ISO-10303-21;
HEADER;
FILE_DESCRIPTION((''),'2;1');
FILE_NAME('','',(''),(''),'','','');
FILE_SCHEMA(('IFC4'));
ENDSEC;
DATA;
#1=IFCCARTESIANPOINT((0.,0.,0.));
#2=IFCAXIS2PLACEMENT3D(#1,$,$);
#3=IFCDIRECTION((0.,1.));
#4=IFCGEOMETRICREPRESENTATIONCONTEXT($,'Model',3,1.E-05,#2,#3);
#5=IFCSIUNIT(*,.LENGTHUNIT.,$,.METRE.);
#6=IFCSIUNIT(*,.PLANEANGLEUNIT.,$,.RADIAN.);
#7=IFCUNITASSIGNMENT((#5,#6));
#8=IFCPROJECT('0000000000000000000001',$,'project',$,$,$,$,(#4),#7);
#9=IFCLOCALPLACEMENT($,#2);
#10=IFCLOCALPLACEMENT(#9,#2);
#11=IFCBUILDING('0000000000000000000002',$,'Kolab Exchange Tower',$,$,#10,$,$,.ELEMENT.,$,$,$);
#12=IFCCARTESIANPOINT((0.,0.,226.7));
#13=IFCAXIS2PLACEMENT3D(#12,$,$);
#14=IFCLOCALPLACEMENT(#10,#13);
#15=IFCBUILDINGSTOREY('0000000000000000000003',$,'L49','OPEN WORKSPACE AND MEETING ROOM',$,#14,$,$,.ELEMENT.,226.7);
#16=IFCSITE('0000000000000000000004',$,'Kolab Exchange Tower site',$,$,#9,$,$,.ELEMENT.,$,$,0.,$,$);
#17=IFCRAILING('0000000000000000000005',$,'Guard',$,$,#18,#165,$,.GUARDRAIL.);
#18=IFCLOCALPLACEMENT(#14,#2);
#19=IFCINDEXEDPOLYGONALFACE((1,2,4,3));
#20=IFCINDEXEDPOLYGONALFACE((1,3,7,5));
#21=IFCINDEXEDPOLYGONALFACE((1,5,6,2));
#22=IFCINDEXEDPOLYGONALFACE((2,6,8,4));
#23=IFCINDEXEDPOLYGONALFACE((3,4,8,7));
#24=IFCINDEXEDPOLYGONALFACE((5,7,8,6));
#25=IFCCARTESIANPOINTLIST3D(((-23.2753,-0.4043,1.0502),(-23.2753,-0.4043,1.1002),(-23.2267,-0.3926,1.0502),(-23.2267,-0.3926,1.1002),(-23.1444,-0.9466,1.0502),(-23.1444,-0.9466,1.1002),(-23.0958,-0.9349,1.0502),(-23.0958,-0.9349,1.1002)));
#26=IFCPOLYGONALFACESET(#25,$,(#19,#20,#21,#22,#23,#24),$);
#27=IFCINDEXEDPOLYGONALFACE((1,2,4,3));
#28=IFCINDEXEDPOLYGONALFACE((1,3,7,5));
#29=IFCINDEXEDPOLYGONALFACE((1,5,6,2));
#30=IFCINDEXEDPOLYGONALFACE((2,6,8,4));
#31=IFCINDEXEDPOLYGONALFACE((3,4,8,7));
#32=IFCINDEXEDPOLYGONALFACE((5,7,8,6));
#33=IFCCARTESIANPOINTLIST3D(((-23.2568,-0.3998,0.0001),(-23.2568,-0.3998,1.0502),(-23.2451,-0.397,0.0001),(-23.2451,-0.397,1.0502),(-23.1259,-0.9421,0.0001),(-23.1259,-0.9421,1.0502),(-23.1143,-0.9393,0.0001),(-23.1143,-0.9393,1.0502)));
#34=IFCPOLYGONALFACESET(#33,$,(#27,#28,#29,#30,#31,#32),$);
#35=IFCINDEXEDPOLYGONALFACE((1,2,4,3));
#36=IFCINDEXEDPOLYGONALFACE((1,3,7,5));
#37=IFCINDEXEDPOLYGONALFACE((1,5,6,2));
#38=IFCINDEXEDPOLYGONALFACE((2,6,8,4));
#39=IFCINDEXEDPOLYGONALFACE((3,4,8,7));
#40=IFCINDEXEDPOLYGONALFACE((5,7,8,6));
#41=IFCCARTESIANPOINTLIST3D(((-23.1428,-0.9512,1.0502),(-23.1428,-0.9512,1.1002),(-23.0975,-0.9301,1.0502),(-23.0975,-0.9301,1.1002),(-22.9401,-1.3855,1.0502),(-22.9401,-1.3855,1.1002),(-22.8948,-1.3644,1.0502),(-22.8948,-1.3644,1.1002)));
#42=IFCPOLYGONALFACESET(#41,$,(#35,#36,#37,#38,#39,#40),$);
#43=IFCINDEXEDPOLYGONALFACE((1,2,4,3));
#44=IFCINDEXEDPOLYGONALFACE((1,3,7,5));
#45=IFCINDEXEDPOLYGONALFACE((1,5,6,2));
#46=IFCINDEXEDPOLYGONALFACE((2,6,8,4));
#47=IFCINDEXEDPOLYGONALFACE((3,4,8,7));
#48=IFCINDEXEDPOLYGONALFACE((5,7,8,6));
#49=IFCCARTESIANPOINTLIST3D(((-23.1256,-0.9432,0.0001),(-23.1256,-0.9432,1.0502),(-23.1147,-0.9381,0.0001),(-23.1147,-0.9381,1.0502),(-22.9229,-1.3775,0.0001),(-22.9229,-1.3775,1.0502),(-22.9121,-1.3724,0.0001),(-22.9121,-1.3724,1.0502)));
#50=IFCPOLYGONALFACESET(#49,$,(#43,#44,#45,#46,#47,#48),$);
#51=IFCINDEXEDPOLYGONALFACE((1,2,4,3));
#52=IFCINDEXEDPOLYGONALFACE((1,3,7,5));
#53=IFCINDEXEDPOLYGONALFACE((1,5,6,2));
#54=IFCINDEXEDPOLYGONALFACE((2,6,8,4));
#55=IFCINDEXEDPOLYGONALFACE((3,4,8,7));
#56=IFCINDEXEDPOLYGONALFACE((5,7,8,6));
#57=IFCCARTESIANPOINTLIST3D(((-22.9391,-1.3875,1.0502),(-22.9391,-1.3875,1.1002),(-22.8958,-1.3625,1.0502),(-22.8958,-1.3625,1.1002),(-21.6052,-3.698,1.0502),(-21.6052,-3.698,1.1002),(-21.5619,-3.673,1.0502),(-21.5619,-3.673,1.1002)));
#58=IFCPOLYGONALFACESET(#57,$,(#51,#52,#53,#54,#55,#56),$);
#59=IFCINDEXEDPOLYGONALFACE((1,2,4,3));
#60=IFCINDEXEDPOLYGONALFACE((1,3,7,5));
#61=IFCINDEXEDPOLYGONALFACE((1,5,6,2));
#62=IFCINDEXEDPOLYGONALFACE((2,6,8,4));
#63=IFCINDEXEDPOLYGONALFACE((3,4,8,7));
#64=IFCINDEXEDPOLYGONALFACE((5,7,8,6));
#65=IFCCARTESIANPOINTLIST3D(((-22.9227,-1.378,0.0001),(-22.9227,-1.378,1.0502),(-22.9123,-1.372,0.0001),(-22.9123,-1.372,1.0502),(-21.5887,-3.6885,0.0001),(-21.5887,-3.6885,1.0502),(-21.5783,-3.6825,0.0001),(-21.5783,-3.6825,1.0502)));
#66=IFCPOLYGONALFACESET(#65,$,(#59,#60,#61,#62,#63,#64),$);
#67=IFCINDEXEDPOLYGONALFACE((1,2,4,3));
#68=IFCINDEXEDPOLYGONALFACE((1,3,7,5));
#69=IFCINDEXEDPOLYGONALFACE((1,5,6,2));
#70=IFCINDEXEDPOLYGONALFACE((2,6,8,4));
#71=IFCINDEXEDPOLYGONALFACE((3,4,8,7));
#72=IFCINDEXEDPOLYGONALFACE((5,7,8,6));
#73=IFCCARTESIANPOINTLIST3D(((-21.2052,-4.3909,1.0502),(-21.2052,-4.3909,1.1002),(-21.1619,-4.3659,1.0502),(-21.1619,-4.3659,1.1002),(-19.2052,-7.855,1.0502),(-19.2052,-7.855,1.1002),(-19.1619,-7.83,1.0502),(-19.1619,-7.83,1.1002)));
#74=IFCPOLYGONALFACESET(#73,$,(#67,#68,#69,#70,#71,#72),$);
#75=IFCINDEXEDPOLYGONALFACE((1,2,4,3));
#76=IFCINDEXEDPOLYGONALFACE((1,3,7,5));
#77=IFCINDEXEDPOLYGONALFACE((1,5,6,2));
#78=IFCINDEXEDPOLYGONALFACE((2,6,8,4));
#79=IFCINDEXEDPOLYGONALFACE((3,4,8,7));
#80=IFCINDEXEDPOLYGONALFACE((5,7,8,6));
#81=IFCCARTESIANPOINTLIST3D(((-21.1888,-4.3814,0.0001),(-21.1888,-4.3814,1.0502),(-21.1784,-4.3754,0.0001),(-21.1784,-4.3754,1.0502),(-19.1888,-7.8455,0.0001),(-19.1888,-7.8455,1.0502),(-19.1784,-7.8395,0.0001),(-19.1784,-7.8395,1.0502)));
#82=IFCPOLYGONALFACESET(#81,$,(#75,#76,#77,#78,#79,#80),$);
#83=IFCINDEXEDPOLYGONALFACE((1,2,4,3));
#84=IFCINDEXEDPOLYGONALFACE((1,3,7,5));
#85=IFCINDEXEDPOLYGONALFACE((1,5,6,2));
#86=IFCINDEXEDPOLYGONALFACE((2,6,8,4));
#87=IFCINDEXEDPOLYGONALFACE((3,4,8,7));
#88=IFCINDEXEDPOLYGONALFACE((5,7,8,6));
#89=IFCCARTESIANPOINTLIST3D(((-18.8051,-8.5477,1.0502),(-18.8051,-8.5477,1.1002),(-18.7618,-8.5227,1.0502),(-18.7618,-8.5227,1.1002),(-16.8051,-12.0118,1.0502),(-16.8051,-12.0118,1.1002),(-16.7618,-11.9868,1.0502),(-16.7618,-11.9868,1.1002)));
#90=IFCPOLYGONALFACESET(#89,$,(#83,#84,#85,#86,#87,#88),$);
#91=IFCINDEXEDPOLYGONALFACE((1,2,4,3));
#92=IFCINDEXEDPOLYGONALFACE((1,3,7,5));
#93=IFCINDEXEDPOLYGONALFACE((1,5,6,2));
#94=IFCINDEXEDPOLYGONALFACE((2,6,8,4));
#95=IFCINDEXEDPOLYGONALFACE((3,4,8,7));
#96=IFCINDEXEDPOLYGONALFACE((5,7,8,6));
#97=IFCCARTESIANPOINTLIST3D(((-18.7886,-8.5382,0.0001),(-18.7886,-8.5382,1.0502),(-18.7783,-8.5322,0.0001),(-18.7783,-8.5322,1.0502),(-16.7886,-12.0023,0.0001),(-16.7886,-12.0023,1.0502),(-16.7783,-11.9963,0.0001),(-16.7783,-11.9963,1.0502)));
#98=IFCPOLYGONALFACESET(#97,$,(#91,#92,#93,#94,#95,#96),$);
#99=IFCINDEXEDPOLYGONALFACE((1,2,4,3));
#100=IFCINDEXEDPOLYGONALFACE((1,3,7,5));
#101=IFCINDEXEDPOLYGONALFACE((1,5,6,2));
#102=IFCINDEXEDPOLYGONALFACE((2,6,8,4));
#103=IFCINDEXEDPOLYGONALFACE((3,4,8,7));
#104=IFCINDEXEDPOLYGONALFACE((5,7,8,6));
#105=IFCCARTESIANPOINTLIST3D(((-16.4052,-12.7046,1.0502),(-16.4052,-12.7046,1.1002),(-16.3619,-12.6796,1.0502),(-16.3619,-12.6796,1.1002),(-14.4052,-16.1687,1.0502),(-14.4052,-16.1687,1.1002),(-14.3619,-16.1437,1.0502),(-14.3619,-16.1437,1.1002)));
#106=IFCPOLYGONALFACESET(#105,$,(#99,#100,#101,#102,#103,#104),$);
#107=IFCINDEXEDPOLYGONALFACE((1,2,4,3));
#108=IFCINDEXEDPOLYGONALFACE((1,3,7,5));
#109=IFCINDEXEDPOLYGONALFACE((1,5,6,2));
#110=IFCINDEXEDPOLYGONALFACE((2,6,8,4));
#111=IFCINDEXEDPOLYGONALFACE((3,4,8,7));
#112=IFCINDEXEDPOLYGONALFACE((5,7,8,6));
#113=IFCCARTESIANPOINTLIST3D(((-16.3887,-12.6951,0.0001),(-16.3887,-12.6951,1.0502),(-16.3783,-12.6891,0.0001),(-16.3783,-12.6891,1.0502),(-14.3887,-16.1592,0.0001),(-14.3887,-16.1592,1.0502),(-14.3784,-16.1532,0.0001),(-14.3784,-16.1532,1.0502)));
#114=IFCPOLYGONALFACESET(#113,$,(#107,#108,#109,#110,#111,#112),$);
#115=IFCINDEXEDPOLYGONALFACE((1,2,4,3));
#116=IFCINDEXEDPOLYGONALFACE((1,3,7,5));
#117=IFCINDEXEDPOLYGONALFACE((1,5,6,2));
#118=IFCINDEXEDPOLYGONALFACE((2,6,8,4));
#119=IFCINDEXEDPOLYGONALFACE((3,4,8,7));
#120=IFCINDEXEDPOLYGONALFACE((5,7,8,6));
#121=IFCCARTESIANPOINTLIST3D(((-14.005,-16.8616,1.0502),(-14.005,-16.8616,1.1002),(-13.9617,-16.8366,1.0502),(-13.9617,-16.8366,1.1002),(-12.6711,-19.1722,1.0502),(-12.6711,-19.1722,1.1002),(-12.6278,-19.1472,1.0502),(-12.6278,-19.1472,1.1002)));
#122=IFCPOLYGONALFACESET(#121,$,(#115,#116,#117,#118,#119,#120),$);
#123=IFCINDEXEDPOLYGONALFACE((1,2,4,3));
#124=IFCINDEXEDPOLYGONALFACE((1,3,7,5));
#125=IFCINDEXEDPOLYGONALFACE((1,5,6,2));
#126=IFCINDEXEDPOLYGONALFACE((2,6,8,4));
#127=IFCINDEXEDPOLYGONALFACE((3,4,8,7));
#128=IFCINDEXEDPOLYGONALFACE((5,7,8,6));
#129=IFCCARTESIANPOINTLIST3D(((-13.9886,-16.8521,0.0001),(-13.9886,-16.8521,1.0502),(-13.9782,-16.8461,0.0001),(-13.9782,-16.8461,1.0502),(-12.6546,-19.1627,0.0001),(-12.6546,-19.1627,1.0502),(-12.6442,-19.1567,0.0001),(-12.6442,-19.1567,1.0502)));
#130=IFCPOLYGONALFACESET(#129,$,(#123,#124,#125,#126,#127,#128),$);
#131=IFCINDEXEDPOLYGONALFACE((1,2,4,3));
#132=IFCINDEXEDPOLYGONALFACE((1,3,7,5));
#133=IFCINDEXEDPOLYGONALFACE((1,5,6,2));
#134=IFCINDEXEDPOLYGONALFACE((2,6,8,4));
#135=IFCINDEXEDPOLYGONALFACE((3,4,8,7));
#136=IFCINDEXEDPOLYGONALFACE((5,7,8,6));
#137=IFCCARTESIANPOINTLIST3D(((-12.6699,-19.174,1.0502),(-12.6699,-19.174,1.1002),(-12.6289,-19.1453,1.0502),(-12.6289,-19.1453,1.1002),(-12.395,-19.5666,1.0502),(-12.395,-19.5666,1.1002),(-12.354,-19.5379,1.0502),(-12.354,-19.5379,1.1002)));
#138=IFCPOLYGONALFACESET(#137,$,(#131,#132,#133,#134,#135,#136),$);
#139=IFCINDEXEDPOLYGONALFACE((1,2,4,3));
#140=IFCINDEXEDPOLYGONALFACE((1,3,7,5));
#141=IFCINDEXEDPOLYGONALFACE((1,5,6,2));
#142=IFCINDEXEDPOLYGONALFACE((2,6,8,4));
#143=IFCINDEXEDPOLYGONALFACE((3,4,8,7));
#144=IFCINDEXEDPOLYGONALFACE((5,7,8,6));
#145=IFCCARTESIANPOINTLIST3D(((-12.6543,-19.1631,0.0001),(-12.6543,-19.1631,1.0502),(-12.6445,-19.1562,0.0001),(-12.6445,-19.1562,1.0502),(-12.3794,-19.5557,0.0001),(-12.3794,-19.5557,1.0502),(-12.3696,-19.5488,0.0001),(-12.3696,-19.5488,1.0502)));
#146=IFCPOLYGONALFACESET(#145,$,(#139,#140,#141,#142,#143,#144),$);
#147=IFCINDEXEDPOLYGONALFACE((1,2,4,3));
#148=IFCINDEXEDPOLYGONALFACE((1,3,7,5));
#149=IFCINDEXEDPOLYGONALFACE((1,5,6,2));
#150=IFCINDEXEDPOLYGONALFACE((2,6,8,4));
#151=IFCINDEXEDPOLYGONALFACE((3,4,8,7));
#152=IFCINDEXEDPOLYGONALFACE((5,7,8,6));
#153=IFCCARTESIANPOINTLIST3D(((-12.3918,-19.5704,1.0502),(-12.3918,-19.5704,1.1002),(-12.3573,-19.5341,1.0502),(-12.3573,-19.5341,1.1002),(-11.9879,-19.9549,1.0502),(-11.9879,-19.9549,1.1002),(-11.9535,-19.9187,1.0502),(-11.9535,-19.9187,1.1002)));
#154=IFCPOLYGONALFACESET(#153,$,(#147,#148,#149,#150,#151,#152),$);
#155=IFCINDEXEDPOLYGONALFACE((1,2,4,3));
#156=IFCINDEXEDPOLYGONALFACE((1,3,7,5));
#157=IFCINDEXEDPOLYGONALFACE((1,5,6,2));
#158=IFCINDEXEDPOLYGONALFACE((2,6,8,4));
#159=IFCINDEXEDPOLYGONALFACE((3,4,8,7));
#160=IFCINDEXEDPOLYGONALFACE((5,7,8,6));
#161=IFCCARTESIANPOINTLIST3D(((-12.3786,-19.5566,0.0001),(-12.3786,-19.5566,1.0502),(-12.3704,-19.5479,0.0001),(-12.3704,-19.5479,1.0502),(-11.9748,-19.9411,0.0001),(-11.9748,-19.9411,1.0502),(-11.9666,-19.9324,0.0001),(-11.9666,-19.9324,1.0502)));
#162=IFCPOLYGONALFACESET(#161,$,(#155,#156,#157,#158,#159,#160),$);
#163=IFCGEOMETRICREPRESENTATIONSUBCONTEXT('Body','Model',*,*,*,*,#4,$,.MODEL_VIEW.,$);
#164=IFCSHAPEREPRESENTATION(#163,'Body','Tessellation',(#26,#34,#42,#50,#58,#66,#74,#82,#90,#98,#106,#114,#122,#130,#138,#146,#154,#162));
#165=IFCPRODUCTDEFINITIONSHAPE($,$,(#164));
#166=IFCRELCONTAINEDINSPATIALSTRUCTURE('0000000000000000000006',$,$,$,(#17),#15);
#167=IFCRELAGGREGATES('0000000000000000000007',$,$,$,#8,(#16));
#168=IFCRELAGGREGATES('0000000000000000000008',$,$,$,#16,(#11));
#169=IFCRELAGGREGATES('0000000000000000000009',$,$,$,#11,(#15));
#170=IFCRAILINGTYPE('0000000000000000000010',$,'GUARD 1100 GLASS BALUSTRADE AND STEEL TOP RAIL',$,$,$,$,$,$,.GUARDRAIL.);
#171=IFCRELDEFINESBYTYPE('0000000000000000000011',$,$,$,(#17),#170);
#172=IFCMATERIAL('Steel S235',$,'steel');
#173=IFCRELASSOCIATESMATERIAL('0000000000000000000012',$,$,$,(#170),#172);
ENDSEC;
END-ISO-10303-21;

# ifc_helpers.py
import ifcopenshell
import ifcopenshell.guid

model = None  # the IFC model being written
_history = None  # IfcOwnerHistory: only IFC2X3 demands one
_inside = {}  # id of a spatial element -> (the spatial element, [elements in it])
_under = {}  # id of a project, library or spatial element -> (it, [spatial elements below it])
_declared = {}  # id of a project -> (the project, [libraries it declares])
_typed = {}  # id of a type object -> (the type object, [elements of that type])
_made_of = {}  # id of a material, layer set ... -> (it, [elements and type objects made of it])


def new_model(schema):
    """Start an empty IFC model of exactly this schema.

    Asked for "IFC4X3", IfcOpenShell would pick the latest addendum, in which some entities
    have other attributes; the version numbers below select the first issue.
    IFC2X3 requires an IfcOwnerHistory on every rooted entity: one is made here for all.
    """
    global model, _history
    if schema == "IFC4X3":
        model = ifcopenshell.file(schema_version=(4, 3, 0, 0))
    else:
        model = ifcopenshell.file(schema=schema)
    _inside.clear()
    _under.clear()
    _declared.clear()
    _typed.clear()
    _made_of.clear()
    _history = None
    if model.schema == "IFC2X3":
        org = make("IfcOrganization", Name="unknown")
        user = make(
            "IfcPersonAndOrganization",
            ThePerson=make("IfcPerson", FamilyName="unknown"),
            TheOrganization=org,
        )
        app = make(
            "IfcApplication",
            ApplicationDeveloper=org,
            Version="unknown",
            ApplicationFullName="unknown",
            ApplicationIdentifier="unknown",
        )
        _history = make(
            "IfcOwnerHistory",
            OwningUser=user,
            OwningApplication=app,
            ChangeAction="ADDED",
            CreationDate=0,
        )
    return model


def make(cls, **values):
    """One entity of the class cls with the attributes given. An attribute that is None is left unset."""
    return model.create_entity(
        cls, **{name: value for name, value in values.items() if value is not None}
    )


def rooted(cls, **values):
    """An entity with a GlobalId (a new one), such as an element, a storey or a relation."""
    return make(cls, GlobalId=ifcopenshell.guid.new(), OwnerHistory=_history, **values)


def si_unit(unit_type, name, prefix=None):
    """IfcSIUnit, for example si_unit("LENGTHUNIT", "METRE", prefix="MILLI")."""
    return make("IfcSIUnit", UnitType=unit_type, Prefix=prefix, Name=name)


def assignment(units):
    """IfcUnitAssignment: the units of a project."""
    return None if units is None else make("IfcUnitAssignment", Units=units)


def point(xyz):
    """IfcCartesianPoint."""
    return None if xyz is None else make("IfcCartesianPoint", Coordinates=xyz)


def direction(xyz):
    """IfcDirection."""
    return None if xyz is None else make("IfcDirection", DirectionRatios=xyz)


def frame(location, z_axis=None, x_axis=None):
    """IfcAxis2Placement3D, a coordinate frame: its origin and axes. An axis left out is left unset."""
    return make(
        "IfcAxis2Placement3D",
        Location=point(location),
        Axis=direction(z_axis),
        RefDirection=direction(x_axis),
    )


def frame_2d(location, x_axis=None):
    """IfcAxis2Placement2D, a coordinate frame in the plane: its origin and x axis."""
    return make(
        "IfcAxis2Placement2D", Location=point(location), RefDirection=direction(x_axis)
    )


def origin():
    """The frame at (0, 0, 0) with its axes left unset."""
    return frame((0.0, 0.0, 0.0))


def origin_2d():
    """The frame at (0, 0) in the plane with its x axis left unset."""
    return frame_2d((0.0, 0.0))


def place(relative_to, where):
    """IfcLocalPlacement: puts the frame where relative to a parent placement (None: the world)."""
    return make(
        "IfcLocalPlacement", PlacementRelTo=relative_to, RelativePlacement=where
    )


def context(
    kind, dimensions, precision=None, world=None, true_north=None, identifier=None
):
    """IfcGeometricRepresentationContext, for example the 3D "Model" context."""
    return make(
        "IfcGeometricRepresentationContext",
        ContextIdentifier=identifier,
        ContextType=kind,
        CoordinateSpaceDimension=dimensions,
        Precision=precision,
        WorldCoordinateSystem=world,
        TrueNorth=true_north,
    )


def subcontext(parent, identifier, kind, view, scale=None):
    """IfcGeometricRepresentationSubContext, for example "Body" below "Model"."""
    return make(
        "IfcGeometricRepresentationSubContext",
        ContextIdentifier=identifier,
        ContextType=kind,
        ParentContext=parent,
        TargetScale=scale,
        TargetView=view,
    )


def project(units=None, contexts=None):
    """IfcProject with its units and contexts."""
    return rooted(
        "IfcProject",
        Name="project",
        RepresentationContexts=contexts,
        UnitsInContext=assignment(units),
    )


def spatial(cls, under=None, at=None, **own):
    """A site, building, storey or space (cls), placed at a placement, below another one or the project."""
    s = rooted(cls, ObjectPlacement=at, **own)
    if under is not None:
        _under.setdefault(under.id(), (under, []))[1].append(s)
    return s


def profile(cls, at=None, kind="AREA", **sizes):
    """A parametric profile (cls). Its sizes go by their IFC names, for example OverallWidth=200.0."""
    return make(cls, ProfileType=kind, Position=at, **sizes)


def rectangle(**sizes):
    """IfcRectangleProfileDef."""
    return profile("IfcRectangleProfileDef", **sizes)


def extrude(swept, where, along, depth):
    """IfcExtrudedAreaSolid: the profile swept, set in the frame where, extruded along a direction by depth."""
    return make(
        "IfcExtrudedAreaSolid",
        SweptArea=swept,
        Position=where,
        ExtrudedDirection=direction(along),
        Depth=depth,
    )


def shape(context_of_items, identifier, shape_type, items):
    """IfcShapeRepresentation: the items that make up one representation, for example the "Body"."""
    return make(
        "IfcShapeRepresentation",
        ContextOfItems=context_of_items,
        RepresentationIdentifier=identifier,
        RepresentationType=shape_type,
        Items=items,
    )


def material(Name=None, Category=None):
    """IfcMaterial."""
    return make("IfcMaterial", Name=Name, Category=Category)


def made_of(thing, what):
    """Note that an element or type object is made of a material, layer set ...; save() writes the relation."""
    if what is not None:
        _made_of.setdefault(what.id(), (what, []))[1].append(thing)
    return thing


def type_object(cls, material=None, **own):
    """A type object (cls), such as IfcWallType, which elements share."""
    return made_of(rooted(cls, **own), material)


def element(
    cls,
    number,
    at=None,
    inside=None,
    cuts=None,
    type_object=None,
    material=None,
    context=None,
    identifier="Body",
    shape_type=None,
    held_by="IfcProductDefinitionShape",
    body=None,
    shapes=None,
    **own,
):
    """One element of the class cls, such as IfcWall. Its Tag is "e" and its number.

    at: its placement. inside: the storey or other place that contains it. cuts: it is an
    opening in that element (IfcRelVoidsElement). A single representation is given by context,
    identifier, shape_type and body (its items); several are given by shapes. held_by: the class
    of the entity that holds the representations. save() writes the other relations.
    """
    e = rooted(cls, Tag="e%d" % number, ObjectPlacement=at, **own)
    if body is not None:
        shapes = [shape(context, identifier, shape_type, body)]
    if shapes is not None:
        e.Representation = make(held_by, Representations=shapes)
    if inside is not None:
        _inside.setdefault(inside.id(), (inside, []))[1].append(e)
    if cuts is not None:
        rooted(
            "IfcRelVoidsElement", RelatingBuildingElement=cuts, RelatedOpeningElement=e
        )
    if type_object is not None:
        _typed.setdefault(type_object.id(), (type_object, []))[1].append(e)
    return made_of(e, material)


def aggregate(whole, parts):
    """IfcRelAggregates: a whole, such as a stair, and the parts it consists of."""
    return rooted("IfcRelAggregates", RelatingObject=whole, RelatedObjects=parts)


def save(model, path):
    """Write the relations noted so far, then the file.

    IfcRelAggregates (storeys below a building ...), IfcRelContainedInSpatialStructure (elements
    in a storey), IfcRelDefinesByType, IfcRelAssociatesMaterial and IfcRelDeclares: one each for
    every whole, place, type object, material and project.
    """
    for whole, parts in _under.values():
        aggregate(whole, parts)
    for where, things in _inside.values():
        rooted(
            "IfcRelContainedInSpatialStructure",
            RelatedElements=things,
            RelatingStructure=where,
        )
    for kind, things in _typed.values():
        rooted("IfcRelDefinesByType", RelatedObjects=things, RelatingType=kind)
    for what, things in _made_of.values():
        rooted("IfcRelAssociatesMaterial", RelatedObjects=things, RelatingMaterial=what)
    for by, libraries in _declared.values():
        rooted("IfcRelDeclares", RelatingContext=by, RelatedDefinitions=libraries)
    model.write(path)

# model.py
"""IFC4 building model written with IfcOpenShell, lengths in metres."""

from ifc_helpers import new_model, si_unit, direction, frame, frame_2d, origin, origin_2d, place, context, subcontext, project, spatial, rectangle, extrude, material, type_object, element, save


model = new_model("IFC4")

# Units and contexts
model_context = context("Model", 3, precision=1e-05, world=origin(), true_north=direction((0.0, 1.0)))
body_context = subcontext(model_context, "Body", "Model", "MODEL_VIEW")
ifc_project = project(units=[si_unit("LENGTHUNIT", "METRE"), si_unit("PLANEANGLEUNIT", "RADIAN")], contexts=[model_context])

# Site, building, storey
site_placement = place(None, origin())
site = spatial("IfcSite", under=ifc_project, at=site_placement, Name="Kolab Exchange Tower site", CompositionType="ELEMENT", RefElevation=0.0)
building_placement = place(site_placement, origin())
building = spatial("IfcBuilding", under=site, at=building_placement, Name="Kolab Exchange Tower", CompositionType="ELEMENT")
storey_placement = place(building_placement, frame((0.0, 0.0, 226.7)))
storey = spatial("IfcBuildingStorey", under=building, at=storey_placement, Name="L49", Description="OPEN WORKSPACE AND MEETING ROOM", CompositionType="ELEMENT", Elevation=226.7)

# Railing
ifc_material_1 = material(Name="Steel S235", Category="steel")
railing_type = type_object("IfcRailingType", Name="GUARD 1100 GLASS BALUSTRADE AND STEEL TOP RAIL", PredefinedType="GUARDRAIL", material=ifc_material_1)
railing_placement = place(storey_placement, frame((-23.251, -0.3984, 0.0)))
element("IfcRailing", 1, at=railing_placement, inside=storey, type_object=railing_type, Name="Guard", PredefinedType="GUARDRAIL", context=body_context, shape_type="SweptSolid", body=[
    extrude(rectangle(XDim=0.05, YDim=0.05, at=origin_2d()), frame((0.0, 0.0, 1.0752), z_axis=(0.234598, -0.972093, 0.0), x_axis=(0.972093, 0.234598, 0.0)), (0.0, 0.0, 1.0), 0.5579),
    extrude(rectangle(XDim=0.012, YDim=1.0501, at=frame_2d((0.0, 0.5251))), frame((0.0, 0.0, 0.0), z_axis=(0.234598, -0.972093, 0.0), x_axis=(0.972093, 0.234598, 0.0)), (0.0, 0.0, 1.0), 0.5579),
    extrude(rectangle(XDim=0.05, YDim=0.05, at=origin_2d()), frame((0.1309, -0.5422, 1.0752), z_axis=(0.422802, -0.906222, 0.0), x_axis=(0.906222, 0.422802, 0.0)), (0.0, 0.0, 1.0), 0.4792),
    extrude(rectangle(XDim=0.012, YDim=1.0501, at=frame_2d((0.0, 0.5251))), frame((0.1309, -0.5422, 0.0), z_axis=(0.422802, -0.906222, 0.0), x_axis=(0.906222, 0.422802, 0.0)), (0.0, 0.0, 1.0), 0.4792),
    extrude(rectangle(XDim=0.05, YDim=0.05, at=origin_2d()), frame((0.3335, -0.9766, 1.0752), z_axis=(0.499997, -0.866027, 0.0), x_axis=(0.866027, 0.499997, 0.0)), (0.0, 0.0, 1.0), 2.668),
    extrude(rectangle(XDim=0.012, YDim=1.0501, at=frame_2d((0.0, 0.5251))), frame((0.3335, -0.9766, 0.0), z_axis=(0.499997, -0.866027, 0.0), x_axis=(0.866027, 0.499997, 0.0)), (0.0, 0.0, 1.0), 2.668),
    extrude(rectangle(XDim=0.05, YDim=0.05, at=origin_2d()), frame((2.0674, -3.98, 1.0752), z_axis=(0.499999, -0.866026, 0.0), x_axis=(0.866026, 0.499999, 0.0)), (0.0, 0.0, 1.0), 4.0),
    extrude(rectangle(XDim=0.012, YDim=1.0501, at=frame_2d((0.0, 0.5251))), frame((2.0674, -3.98, 0.0), z_axis=(0.499999, -0.866026, 0.0), x_axis=(0.866026, 0.499999, 0.0)), (0.0, 0.0, 1.0), 4.0),
    extrude(rectangle(XDim=0.05, YDim=0.05, at=origin_2d()), frame((4.4675, -8.1367, 1.0752), z_axis=(0.499999, -0.866026, 0.0), x_axis=(0.866026, 0.499999, 0.0)), (0.0, 0.0, 1.0), 4.0),
    extrude(rectangle(XDim=0.012, YDim=1.0501, at=frame_2d((0.0, 0.5251))), frame((4.4675, -8.1367, 0.0), z_axis=(0.499999, -0.866026, 0.0), x_axis=(0.866026, 0.499999, 0.0)), (0.0, 0.0, 1.0), 4.0),
    extrude(rectangle(XDim=0.05, YDim=0.05, at=origin_2d()), frame((6.8674, -12.2937, 1.0752), z_axis=(0.499999, -0.866026, 0.0), x_axis=(0.866026, 0.499999, 0.0)), (0.0, 0.0, 1.0), 4.0),
    extrude(rectangle(XDim=0.012, YDim=1.0501, at=frame_2d((0.0, 0.5251))), frame((6.8674, -12.2937, 0.0), z_axis=(0.499999, -0.866026, 0.0), x_axis=(0.866026, 0.499999, 0.0)), (0.0, 0.0, 1.0), 4.0),
    extrude(rectangle(XDim=0.05, YDim=0.05, at=origin_2d()), frame((9.2676, -16.4507, 1.0752), z_axis=(0.499997, -0.866027, 0.0), x_axis=(0.866027, 0.499997, 0.0)), (0.0, 0.0, 1.0), 2.668),
    extrude(rectangle(XDim=0.012, YDim=1.0501, at=frame_2d((0.0, 0.5251))), frame((9.2676, -16.4507, 0.0), z_axis=(0.499997, -0.866027, 0.0), x_axis=(0.866027, 0.499997, 0.0)), (0.0, 0.0, 1.0), 2.668),
    extrude(rectangle(XDim=0.05, YDim=0.05, at=origin_2d()), frame((10.6016, -18.7612, 1.0752), z_axis=(0.573599, -0.819136, 0.0), x_axis=(0.819136, 0.573599, 0.0)), (0.0, 0.0, 1.0), 0.4792),
    extrude(rectangle(XDim=0.012, YDim=1.0501, at=frame_2d((0.0, 0.5251))), frame((10.6016, -18.7612, 0.0), z_axis=(0.573599, -0.819136, 0.0), x_axis=(0.819136, 0.573599, 0.0)), (0.0, 0.0, 1.0), 0.4792),
    extrude(rectangle(XDim=0.05, YDim=0.05, at=origin_2d()), frame((10.8765, -19.1538, 1.0752), z_axis=(0.72419, -0.689601, 0.0), x_axis=(0.689601, 0.72419, 0.0)), (0.0, 0.0, 1.0), 0.5576),
    extrude(rectangle(XDim=0.012, YDim=1.0501, at=frame_2d((0.0, 0.5251))), frame((10.8765, -19.1538, 0.0), z_axis=(0.72419, -0.689601, 0.0), x_axis=(0.689601, 0.72419, 0.0)), (0.0, 0.0, 1.0), 0.5576),
])

save(model, "model.ifc")
